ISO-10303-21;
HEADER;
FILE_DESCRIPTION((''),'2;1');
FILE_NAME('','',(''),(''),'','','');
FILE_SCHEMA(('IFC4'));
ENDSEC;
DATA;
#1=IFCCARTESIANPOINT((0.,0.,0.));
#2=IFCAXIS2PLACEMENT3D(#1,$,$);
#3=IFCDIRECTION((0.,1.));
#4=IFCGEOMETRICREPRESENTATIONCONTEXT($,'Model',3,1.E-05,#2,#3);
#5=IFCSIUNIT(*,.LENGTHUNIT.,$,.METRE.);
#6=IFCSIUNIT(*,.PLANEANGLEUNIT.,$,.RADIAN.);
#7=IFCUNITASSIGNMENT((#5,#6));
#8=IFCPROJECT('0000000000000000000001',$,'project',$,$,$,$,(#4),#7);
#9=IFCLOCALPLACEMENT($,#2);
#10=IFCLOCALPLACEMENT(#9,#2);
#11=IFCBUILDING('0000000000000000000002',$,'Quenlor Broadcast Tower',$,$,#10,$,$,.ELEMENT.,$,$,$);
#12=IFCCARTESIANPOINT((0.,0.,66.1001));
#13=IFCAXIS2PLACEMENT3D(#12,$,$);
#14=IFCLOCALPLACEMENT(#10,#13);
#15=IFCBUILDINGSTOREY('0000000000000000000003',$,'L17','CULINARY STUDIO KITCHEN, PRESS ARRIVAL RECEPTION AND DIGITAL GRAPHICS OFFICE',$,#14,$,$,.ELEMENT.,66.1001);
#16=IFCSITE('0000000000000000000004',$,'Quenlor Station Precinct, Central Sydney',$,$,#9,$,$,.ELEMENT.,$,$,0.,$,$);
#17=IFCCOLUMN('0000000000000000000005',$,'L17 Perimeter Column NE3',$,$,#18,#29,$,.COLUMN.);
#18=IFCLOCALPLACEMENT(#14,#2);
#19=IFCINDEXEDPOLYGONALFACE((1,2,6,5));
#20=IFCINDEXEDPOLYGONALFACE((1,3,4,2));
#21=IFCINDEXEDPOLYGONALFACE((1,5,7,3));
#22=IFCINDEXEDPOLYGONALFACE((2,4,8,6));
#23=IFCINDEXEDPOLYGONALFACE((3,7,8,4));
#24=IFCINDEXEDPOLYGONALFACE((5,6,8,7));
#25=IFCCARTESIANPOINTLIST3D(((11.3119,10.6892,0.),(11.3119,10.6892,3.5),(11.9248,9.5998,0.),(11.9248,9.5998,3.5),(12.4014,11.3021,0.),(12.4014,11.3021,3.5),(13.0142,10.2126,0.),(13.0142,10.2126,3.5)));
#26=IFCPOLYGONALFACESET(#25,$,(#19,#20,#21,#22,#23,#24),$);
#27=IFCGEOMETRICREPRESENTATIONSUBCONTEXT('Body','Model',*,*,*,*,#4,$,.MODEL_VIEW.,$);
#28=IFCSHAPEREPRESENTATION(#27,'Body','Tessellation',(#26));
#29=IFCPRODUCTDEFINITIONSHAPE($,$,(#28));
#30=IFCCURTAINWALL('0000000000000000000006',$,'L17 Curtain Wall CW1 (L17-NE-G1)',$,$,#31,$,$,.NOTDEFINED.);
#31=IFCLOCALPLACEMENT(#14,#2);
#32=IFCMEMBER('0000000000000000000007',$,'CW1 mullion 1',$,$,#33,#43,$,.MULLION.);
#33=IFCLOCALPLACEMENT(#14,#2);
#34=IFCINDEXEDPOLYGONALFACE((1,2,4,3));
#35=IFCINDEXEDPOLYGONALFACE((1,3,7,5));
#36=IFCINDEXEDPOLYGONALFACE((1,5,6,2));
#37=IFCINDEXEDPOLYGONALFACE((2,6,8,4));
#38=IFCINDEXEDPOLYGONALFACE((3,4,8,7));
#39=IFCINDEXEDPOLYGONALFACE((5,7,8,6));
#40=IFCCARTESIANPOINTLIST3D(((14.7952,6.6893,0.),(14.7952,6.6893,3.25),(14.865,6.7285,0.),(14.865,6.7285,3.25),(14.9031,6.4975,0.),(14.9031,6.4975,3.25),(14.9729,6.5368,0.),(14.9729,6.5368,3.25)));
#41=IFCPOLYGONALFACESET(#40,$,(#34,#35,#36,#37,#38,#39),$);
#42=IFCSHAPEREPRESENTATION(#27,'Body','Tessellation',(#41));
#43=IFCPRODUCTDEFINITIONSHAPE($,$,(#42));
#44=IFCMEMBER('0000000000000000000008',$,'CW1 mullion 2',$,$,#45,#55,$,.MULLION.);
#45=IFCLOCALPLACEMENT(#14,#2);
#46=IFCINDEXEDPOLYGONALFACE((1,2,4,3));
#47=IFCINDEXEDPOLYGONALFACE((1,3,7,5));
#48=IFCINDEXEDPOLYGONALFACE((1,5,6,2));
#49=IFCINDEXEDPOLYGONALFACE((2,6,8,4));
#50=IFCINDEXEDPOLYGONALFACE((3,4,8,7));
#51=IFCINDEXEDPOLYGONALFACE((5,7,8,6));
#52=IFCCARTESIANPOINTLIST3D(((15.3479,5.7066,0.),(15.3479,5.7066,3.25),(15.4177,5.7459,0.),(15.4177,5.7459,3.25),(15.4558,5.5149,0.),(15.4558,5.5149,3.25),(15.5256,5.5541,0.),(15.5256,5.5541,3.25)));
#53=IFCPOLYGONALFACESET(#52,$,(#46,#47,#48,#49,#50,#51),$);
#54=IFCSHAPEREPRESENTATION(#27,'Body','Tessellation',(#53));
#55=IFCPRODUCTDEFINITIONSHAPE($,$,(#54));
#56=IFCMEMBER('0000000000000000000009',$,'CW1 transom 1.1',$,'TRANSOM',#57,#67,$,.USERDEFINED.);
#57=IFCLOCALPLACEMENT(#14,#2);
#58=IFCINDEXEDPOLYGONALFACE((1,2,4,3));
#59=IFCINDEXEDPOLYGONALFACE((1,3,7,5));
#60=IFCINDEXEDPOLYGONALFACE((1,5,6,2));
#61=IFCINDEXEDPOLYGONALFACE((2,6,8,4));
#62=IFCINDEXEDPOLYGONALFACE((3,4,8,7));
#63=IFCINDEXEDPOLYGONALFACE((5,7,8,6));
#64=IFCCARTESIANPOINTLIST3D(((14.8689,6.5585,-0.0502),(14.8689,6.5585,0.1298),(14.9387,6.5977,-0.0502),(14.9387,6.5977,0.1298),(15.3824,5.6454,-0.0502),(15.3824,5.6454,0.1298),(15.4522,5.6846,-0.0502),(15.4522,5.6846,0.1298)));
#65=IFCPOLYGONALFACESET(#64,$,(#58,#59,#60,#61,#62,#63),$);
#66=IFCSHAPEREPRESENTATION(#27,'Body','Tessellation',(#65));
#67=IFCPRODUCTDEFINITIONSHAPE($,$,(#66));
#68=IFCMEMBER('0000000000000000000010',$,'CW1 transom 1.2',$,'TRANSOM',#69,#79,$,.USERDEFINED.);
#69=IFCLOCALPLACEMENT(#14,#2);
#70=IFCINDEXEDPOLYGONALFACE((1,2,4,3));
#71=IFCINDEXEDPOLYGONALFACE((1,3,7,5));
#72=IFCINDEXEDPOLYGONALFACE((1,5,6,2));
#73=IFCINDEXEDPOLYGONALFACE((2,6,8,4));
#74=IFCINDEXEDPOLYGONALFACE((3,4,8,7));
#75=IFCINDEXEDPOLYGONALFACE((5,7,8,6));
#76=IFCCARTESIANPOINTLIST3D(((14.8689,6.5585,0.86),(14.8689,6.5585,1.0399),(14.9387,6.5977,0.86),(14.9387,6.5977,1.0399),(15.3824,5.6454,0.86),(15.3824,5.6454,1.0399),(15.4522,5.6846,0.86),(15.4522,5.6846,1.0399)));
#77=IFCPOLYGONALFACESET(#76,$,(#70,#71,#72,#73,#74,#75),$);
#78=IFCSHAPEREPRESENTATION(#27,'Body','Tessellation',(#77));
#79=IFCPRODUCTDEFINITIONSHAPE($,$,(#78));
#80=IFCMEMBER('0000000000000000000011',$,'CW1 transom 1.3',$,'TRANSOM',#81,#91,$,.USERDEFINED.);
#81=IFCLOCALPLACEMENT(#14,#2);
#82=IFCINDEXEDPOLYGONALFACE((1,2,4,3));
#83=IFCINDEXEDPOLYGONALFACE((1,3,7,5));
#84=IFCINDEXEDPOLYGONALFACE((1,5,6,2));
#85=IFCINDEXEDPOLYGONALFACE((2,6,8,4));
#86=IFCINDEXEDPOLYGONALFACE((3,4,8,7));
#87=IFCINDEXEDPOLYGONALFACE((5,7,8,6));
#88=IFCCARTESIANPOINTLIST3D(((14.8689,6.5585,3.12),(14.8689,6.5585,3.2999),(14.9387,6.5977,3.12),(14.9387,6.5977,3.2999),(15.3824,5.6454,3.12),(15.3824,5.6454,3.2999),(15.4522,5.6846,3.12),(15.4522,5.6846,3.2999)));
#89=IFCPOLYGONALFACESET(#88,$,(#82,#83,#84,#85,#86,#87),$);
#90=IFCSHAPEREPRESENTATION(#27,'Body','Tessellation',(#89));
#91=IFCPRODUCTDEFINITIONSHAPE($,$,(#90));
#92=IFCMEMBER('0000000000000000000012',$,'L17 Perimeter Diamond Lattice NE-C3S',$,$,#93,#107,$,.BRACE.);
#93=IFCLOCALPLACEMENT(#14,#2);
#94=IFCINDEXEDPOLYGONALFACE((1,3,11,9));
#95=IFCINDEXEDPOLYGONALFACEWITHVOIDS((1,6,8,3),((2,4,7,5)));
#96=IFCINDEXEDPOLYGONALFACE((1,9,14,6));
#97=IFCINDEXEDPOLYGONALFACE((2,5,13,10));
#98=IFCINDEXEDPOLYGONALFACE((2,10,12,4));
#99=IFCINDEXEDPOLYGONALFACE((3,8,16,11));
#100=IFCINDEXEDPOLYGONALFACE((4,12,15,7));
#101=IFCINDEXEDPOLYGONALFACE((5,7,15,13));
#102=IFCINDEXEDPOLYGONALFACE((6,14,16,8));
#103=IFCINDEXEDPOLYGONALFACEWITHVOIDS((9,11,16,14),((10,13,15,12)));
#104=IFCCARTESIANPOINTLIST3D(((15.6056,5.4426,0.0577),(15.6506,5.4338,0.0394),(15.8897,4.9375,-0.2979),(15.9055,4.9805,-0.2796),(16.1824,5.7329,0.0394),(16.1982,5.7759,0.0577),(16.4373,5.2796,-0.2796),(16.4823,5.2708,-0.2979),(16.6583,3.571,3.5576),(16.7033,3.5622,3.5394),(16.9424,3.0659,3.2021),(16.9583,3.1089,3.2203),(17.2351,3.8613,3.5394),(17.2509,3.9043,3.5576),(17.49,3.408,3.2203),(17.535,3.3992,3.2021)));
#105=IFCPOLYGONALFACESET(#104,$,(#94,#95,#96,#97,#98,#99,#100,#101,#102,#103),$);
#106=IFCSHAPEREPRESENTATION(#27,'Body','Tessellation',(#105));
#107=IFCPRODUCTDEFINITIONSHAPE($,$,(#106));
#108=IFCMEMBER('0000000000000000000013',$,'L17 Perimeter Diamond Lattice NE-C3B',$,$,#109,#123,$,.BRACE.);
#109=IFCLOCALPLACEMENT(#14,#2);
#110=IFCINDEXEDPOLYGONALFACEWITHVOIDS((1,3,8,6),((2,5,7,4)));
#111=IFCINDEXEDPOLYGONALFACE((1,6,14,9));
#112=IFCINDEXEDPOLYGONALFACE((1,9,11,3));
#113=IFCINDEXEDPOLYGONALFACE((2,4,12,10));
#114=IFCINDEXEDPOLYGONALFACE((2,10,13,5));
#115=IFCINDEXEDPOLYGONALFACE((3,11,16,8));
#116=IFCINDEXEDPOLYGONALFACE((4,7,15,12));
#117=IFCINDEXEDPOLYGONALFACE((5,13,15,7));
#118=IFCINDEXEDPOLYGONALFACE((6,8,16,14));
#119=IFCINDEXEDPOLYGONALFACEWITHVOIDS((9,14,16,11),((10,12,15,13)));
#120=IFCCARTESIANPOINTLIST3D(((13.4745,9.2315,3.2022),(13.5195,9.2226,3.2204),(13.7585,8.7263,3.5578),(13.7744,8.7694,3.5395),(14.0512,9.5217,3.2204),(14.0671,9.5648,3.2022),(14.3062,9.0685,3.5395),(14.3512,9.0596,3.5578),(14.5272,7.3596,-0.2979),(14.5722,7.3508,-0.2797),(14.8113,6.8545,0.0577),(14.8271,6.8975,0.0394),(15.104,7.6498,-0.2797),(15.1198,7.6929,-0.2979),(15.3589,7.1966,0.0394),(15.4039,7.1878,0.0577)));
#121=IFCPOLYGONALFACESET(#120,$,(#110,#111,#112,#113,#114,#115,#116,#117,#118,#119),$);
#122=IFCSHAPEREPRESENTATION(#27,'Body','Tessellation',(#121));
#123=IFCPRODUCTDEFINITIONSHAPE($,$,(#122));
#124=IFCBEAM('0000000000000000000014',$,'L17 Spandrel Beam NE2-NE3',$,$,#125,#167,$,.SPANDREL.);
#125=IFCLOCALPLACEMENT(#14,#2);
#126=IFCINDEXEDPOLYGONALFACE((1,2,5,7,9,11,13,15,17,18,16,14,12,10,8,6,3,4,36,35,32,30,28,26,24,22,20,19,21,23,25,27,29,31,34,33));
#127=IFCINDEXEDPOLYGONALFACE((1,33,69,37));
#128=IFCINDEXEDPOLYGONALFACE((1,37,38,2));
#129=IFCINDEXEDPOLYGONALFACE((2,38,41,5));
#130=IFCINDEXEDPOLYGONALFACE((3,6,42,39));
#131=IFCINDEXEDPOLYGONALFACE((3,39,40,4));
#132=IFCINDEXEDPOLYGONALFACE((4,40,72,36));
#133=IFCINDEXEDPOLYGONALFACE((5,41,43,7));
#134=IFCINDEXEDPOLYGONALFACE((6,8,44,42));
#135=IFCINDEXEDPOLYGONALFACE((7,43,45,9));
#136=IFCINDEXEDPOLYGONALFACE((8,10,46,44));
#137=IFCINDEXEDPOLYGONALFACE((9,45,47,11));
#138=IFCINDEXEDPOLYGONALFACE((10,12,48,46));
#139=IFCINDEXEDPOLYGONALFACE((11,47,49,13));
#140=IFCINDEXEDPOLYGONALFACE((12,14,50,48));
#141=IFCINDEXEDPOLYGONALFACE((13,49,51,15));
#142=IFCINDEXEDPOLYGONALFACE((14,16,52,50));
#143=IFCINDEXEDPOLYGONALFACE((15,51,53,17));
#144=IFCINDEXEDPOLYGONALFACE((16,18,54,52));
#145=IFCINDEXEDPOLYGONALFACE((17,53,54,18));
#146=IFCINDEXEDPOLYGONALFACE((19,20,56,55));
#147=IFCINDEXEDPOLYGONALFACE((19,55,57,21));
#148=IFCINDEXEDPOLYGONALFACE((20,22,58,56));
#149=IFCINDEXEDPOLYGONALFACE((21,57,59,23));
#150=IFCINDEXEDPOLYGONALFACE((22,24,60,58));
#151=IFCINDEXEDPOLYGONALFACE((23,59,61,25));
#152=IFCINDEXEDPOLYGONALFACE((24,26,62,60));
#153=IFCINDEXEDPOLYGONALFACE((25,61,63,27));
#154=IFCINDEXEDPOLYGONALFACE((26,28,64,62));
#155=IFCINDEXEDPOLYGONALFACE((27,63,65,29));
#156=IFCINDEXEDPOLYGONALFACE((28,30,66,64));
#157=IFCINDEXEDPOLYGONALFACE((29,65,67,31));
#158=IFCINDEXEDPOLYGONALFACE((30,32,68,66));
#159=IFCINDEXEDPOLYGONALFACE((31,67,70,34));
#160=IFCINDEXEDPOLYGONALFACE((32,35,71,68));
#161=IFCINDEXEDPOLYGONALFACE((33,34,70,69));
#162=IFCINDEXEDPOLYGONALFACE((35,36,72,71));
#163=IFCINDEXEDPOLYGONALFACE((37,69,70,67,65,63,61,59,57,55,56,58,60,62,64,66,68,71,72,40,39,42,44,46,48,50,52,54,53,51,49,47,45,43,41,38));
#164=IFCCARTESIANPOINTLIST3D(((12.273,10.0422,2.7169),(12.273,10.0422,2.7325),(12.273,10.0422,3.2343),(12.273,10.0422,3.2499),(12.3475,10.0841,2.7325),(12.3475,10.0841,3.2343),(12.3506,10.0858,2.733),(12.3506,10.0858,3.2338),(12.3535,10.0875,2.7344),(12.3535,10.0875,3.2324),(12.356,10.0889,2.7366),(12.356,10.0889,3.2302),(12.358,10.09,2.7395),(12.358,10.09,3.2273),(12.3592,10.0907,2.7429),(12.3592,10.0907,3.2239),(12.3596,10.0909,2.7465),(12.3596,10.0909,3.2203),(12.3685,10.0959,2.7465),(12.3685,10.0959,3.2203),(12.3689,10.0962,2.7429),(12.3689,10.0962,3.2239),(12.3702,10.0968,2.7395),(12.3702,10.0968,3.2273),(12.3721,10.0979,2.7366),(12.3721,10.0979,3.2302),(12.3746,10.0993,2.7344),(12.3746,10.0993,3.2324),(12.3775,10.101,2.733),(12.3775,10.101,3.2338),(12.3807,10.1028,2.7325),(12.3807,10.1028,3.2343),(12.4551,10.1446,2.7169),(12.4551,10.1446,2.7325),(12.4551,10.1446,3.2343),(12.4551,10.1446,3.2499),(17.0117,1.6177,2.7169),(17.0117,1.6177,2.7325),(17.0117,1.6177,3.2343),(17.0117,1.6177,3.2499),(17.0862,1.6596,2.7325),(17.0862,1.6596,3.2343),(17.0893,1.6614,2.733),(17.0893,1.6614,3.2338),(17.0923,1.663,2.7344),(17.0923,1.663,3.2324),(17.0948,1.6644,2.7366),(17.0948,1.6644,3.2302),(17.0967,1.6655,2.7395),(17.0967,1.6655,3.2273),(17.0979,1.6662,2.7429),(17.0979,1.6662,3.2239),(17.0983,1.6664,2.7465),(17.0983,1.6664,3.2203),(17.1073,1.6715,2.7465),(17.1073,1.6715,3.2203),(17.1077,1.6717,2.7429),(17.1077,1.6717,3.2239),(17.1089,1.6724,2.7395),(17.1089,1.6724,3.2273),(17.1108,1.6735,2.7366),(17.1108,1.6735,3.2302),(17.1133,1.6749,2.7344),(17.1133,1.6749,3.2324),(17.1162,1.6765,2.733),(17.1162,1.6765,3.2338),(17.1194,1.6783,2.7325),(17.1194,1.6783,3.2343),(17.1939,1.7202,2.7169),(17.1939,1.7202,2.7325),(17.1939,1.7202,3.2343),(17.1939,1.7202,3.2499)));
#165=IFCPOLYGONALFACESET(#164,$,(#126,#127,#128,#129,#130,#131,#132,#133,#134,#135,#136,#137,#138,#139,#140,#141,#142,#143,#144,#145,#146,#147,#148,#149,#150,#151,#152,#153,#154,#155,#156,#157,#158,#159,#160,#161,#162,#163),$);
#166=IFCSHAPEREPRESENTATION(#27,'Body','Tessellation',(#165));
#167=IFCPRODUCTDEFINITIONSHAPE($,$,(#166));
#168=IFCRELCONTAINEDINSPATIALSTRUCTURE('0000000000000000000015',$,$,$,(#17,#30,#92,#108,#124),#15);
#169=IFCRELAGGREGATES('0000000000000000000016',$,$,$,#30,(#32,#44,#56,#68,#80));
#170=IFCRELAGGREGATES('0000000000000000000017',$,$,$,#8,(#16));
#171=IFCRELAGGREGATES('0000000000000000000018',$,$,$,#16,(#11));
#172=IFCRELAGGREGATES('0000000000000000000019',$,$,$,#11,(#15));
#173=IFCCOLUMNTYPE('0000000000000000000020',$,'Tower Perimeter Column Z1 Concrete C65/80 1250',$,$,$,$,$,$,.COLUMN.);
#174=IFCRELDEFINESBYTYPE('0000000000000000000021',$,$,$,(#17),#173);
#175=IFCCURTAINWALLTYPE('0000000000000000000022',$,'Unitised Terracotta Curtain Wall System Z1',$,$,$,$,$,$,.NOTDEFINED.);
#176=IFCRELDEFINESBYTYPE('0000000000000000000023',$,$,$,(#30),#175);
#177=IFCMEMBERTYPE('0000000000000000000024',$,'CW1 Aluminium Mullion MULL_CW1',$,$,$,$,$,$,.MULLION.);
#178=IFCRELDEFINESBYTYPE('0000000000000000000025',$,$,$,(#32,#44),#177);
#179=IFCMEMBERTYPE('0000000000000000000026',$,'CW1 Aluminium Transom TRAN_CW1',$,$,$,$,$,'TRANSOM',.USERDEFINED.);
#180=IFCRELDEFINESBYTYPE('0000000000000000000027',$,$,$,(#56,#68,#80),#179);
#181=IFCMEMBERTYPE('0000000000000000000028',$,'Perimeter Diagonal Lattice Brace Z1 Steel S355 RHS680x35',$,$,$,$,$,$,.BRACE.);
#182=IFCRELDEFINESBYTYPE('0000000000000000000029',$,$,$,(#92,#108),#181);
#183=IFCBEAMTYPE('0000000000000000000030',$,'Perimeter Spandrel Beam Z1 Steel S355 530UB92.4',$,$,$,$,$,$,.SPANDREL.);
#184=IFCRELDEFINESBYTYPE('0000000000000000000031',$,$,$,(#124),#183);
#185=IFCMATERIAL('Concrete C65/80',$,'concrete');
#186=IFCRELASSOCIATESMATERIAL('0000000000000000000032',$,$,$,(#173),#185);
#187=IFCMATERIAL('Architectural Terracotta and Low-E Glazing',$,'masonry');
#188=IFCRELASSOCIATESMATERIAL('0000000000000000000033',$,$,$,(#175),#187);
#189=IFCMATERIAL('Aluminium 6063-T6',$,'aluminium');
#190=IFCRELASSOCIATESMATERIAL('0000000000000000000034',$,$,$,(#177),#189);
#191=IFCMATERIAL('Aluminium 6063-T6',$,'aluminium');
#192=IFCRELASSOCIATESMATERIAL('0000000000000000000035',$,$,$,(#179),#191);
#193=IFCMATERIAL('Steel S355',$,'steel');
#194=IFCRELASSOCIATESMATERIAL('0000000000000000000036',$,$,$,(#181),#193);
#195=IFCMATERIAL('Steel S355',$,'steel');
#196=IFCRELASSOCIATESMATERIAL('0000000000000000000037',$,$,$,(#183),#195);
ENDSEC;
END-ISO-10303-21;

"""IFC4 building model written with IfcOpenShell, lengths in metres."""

from ifc_helpers import new_model, si_unit, direction, frame, origin, origin_2d, place, context, subcontext, project, spatial, rectangle, hollow_rectangle, i_section, extrude, material, material_profile, profile_set, type_object, element, aggregate, save


model = new_model("IFC4")

# Units and contexts
model_context = context("Model", 3, precision=1e-05, world=origin(), true_north=direction((0.0, 1.0)))
body_context = subcontext(model_context, "Body", "Model", "MODEL_VIEW")
ifc_project = project(units=[si_unit("LENGTHUNIT", "METRE"), si_unit("PLANEANGLEUNIT", "RADIAN")], contexts=[model_context])

# Site, building, storey
site_placement = place(None, origin())
site = spatial("IfcSite", under=ifc_project, at=site_placement, Name="Quenlor Station Precinct, Central Sydney", CompositionType="ELEMENT", RefElevation=0.0)
building_placement = place(site_placement, origin())
building = spatial("IfcBuilding", under=site, at=building_placement, Name="Quenlor Broadcast Tower", CompositionType="ELEMENT")
storey_placement = place(building_placement, frame((0.0, 0.0, 66.1001)))
storey = spatial("IfcBuildingStorey", under=building, at=storey_placement, Name="L17", Description="CULINARY STUDIO KITCHEN, PRESS ARRIVAL RECEPTION AND DIGITAL GRAPHICS OFFICE", CompositionType="ELEMENT", Elevation=66.1001)

# Column
ifc_material_1 = material(Name="Concrete C65/80", Category="concrete")
ifc_material_profile_1 = material_profile(ifc_material_1, rectangle(XDim=1.25, YDim=1.25, at=origin_2d()))
ifc_profile_set_1 = profile_set([ifc_material_profile_1], Name="Concrete C65/80 RC1250x1250")
column_type = type_object("IfcColumnType", Name="Tower Perimeter Column Z1 Concrete C65/80 1250", PredefinedType="COLUMN", material=ifc_profile_set_1)
column_placement = place(storey_placement, frame((12.1631, 10.4509, 0.0), z_axis=(0.0, 0.0, 1.0), x_axis=(0.871575, 0.490262, 0.0)))
element("IfcColumn", 1, at=column_placement, inside=storey, type_object=column_type, Name="L17 Perimeter Column NE3", PredefinedType="COLUMN", context=body_context, shape_type="SweptSolid", body=[
    extrude(rectangle(XDim=1.25, YDim=1.25, at=origin_2d()), origin(), (0.0, 0.0, 1.0), 3.5),
])

# Curtain wall, members
ifc_material_2 = material(Name="Architectural Terracotta and Low-E Glazing", Category="masonry")
curtain_wall_type = type_object("IfcCurtainWallType", Name="Unitised Terracotta Curtain Wall System Z1", PredefinedType="NOTDEFINED", material=ifc_material_2)
curtain_wall_placement = place(storey_placement, origin())
curtain_wall = element("IfcCurtainWall", 2, at=curtain_wall_placement, inside=storey, type_object=curtain_wall_type, Name="L17 Curtain Wall CW1 (L17-NE-G1)", PredefinedType="NOTDEFINED")
ifc_material_3 = material(Name="Aluminium 6063-T6", Category="aluminium")
ifc_material_profile_2 = material_profile(ifc_material_3, rectangle(XDim=0.0801, YDim=0.22, at=origin_2d()))
ifc_profile_set_2 = profile_set([ifc_material_profile_2], Name="Aluminium 6063-T6 MULL80x220")
member_type_1 = type_object("IfcMemberType", Name="CW1 Aluminium Mullion MULL_CW1", PredefinedType="MULLION", material=ifc_profile_set_2)
member_1_placement = place(storey_placement, frame((14.884, 6.613, 0.0), z_axis=(0.0, 0.0, 1.0), x_axis=(0.871567, 0.490277, 0.0)))
member_1 = element("IfcMember", 3, at=member_1_placement, type_object=member_type_1, Name="CW1 mullion 1", PredefinedType="MULLION", context=body_context, shape_type="SweptSolid", body=[
    extrude(rectangle(XDim=0.0801, YDim=0.22, at=origin_2d()), origin(), (0.0, 0.0, 1.0), 3.25),
])
member_2_placement = place(storey_placement, frame((15.4368, 5.6304, 0.0), z_axis=(0.0, 0.0, 1.0), x_axis=(0.871567, 0.490277, 0.0)))
member_2 = element("IfcMember", 4, at=member_2_placement, type_object=member_type_1, Name="CW1 mullion 2", PredefinedType="MULLION", context=body_context, shape_type="SweptSolid", body=[
    extrude(rectangle(XDim=0.0801, YDim=0.22, at=origin_2d()), origin(), (0.0, 0.0, 1.0), 3.25),
])
ifc_material_4 = material(Name="Aluminium 6063-T6", Category="aluminium")
ifc_material_profile_3 = material_profile(ifc_material_4, rectangle(XDim=0.0801, YDim=0.1799, at=origin_2d()))
ifc_profile_set_3 = profile_set([ifc_material_profile_3], Name="Aluminium 6063-T6 TRAN80x180")
member_type_2 = type_object("IfcMemberType", Name="CW1 Aluminium Transom TRAN_CW1", ElementType="TRANSOM", PredefinedType="USERDEFINED", material=ifc_profile_set_3)
member_3_placement = place(storey_placement, frame((14.9038, 6.5781, 0.0398), z_axis=(0.490128, -0.87165, 0.0), x_axis=(0.87165, 0.490128, 0.0)))
member_3 = element("IfcMember", 5, at=member_3_placement, type_object=member_type_2, Name="CW1 transom 1.1", ObjectType="TRANSOM", PredefinedType="USERDEFINED", context=body_context, shape_type="SweptSolid", body=[
    extrude(rectangle(XDim=0.0801, YDim=0.1799, at=origin_2d()), origin(), (0.0, 0.0, 1.0), 1.0476),
])
member_4_placement = place(storey_placement, frame((14.9038, 6.5781, 0.95), z_axis=(0.490128, -0.87165, 0.0), x_axis=(0.87165, 0.490128, 0.0)))
member_4 = element("IfcMember", 6, at=member_4_placement, type_object=member_type_2, Name="CW1 transom 1.2", ObjectType="TRANSOM", PredefinedType="USERDEFINED", context=body_context, shape_type="SweptSolid", body=[
    extrude(rectangle(XDim=0.0801, YDim=0.1799, at=origin_2d()), origin(), (0.0, 0.0, 1.0), 1.0476),
])
member_5_placement = place(storey_placement, frame((14.9038, 6.5781, 3.21), z_axis=(0.490128, -0.87165, 0.0), x_axis=(0.87165, 0.490128, 0.0)))
member_5 = element("IfcMember", 7, at=member_5_placement, type_object=member_type_2, Name="CW1 transom 1.3", ObjectType="TRANSOM", PredefinedType="USERDEFINED", context=body_context, shape_type="SweptSolid", body=[
    extrude(rectangle(XDim=0.0801, YDim=0.1799, at=origin_2d()), origin(), (0.0, 0.0, 1.0), 1.0476),
])

# Members
ifc_material_5 = material(Name="Steel S355", Category="steel")
ifc_material_profile_4 = material_profile(ifc_material_5, hollow_rectangle(XDim=0.6799, YDim=0.6799, WallThickness=0.0349, at=origin_2d()))
ifc_profile_set_4 = profile_set([ifc_material_profile_4], Name="Steel S355 RHS680x680x35")
member_type_3 = type_object("IfcMemberType", Name="Perimeter Diagonal Lattice Brace Z1 Steel S355 RHS680x35", PredefinedType="BRACE", material=ifc_profile_set_4)
member_6_placement = place(storey_placement, frame((16.0439, 5.3567, -0.1201), z_axis=(0.256375, -0.455792, 0.852365), x_axis=(0.871582, 0.49025, 0.0)))
element("IfcMember", 8, at=member_6_placement, inside=storey, type_object=member_type_3, Name="L17 Perimeter Diamond Lattice NE-C3S", PredefinedType="BRACE", context=body_context, shape_type="SweptSolid", body=[
    extrude(hollow_rectangle(XDim=0.6799, YDim=0.6799, WallThickness=0.0349, at=origin_2d()), origin(), (0.0, 0.0, 1.0), 4.1062),
])
member_7_placement = place(storey_placement, frame((14.9656, 7.2737, -0.1201), z_axis=(-0.256368, 0.455839, 0.852342), x_axis=(-0.871609, -0.490202, 0.0)))
element("IfcMember", 9, at=member_7_placement, inside=storey, type_object=member_type_3, Name="L17 Perimeter Diamond Lattice NE-C3B", PredefinedType="BRACE", context=body_context, shape_type="SweptSolid", body=[
    extrude(hollow_rectangle(XDim=0.6799, YDim=0.6799, WallThickness=0.0349, at=origin_2d()), origin(), (0.0, 0.0, 1.0), 4.1064),
])

# Beam
ifc_material_6 = material(Name="Steel S355", Category="steel")
ifc_material_profile_5 = material_profile(ifc_material_6, i_section(OverallWidth=0.209, OverallDepth=0.533, WebThickness=0.0103, FlangeThickness=0.0156, FilletRadius=0.0139, at=origin_2d()))
ifc_profile_set_5 = profile_set([ifc_material_profile_5], Name="Steel S355 530UB92.4")
beam_type_1 = type_object("IfcBeamType", Name="Perimeter Spandrel Beam Z1 Steel S355 530UB92.4", PredefinedType="SPANDREL", material=ifc_profile_set_5)
beam_1_placement = place(storey_placement, frame((17.1028, 1.6689, 2.9834), z_axis=(-0.490258, 0.871578, 0.0), x_axis=(-0.871578, -0.490258, 0.0)))
element("IfcBeam", 10, at=beam_1_placement, inside=storey, type_object=beam_type_1, Name="L17 Spandrel Beam NE2-NE3", PredefinedType="SPANDREL", context=body_context, shape_type="SweptSolid", body=[
    extrude(i_section(OverallWidth=0.209, OverallDepth=0.533, WebThickness=0.0103, FlangeThickness=0.0156, FilletRadius=0.0139, at=origin_2d()), origin(), (0.0, 0.0, 1.0), 9.6658),
])

aggregate(curtain_wall, [member_1, member_2, member_3, member_4, member_5])

save(model, "model.ifc")
